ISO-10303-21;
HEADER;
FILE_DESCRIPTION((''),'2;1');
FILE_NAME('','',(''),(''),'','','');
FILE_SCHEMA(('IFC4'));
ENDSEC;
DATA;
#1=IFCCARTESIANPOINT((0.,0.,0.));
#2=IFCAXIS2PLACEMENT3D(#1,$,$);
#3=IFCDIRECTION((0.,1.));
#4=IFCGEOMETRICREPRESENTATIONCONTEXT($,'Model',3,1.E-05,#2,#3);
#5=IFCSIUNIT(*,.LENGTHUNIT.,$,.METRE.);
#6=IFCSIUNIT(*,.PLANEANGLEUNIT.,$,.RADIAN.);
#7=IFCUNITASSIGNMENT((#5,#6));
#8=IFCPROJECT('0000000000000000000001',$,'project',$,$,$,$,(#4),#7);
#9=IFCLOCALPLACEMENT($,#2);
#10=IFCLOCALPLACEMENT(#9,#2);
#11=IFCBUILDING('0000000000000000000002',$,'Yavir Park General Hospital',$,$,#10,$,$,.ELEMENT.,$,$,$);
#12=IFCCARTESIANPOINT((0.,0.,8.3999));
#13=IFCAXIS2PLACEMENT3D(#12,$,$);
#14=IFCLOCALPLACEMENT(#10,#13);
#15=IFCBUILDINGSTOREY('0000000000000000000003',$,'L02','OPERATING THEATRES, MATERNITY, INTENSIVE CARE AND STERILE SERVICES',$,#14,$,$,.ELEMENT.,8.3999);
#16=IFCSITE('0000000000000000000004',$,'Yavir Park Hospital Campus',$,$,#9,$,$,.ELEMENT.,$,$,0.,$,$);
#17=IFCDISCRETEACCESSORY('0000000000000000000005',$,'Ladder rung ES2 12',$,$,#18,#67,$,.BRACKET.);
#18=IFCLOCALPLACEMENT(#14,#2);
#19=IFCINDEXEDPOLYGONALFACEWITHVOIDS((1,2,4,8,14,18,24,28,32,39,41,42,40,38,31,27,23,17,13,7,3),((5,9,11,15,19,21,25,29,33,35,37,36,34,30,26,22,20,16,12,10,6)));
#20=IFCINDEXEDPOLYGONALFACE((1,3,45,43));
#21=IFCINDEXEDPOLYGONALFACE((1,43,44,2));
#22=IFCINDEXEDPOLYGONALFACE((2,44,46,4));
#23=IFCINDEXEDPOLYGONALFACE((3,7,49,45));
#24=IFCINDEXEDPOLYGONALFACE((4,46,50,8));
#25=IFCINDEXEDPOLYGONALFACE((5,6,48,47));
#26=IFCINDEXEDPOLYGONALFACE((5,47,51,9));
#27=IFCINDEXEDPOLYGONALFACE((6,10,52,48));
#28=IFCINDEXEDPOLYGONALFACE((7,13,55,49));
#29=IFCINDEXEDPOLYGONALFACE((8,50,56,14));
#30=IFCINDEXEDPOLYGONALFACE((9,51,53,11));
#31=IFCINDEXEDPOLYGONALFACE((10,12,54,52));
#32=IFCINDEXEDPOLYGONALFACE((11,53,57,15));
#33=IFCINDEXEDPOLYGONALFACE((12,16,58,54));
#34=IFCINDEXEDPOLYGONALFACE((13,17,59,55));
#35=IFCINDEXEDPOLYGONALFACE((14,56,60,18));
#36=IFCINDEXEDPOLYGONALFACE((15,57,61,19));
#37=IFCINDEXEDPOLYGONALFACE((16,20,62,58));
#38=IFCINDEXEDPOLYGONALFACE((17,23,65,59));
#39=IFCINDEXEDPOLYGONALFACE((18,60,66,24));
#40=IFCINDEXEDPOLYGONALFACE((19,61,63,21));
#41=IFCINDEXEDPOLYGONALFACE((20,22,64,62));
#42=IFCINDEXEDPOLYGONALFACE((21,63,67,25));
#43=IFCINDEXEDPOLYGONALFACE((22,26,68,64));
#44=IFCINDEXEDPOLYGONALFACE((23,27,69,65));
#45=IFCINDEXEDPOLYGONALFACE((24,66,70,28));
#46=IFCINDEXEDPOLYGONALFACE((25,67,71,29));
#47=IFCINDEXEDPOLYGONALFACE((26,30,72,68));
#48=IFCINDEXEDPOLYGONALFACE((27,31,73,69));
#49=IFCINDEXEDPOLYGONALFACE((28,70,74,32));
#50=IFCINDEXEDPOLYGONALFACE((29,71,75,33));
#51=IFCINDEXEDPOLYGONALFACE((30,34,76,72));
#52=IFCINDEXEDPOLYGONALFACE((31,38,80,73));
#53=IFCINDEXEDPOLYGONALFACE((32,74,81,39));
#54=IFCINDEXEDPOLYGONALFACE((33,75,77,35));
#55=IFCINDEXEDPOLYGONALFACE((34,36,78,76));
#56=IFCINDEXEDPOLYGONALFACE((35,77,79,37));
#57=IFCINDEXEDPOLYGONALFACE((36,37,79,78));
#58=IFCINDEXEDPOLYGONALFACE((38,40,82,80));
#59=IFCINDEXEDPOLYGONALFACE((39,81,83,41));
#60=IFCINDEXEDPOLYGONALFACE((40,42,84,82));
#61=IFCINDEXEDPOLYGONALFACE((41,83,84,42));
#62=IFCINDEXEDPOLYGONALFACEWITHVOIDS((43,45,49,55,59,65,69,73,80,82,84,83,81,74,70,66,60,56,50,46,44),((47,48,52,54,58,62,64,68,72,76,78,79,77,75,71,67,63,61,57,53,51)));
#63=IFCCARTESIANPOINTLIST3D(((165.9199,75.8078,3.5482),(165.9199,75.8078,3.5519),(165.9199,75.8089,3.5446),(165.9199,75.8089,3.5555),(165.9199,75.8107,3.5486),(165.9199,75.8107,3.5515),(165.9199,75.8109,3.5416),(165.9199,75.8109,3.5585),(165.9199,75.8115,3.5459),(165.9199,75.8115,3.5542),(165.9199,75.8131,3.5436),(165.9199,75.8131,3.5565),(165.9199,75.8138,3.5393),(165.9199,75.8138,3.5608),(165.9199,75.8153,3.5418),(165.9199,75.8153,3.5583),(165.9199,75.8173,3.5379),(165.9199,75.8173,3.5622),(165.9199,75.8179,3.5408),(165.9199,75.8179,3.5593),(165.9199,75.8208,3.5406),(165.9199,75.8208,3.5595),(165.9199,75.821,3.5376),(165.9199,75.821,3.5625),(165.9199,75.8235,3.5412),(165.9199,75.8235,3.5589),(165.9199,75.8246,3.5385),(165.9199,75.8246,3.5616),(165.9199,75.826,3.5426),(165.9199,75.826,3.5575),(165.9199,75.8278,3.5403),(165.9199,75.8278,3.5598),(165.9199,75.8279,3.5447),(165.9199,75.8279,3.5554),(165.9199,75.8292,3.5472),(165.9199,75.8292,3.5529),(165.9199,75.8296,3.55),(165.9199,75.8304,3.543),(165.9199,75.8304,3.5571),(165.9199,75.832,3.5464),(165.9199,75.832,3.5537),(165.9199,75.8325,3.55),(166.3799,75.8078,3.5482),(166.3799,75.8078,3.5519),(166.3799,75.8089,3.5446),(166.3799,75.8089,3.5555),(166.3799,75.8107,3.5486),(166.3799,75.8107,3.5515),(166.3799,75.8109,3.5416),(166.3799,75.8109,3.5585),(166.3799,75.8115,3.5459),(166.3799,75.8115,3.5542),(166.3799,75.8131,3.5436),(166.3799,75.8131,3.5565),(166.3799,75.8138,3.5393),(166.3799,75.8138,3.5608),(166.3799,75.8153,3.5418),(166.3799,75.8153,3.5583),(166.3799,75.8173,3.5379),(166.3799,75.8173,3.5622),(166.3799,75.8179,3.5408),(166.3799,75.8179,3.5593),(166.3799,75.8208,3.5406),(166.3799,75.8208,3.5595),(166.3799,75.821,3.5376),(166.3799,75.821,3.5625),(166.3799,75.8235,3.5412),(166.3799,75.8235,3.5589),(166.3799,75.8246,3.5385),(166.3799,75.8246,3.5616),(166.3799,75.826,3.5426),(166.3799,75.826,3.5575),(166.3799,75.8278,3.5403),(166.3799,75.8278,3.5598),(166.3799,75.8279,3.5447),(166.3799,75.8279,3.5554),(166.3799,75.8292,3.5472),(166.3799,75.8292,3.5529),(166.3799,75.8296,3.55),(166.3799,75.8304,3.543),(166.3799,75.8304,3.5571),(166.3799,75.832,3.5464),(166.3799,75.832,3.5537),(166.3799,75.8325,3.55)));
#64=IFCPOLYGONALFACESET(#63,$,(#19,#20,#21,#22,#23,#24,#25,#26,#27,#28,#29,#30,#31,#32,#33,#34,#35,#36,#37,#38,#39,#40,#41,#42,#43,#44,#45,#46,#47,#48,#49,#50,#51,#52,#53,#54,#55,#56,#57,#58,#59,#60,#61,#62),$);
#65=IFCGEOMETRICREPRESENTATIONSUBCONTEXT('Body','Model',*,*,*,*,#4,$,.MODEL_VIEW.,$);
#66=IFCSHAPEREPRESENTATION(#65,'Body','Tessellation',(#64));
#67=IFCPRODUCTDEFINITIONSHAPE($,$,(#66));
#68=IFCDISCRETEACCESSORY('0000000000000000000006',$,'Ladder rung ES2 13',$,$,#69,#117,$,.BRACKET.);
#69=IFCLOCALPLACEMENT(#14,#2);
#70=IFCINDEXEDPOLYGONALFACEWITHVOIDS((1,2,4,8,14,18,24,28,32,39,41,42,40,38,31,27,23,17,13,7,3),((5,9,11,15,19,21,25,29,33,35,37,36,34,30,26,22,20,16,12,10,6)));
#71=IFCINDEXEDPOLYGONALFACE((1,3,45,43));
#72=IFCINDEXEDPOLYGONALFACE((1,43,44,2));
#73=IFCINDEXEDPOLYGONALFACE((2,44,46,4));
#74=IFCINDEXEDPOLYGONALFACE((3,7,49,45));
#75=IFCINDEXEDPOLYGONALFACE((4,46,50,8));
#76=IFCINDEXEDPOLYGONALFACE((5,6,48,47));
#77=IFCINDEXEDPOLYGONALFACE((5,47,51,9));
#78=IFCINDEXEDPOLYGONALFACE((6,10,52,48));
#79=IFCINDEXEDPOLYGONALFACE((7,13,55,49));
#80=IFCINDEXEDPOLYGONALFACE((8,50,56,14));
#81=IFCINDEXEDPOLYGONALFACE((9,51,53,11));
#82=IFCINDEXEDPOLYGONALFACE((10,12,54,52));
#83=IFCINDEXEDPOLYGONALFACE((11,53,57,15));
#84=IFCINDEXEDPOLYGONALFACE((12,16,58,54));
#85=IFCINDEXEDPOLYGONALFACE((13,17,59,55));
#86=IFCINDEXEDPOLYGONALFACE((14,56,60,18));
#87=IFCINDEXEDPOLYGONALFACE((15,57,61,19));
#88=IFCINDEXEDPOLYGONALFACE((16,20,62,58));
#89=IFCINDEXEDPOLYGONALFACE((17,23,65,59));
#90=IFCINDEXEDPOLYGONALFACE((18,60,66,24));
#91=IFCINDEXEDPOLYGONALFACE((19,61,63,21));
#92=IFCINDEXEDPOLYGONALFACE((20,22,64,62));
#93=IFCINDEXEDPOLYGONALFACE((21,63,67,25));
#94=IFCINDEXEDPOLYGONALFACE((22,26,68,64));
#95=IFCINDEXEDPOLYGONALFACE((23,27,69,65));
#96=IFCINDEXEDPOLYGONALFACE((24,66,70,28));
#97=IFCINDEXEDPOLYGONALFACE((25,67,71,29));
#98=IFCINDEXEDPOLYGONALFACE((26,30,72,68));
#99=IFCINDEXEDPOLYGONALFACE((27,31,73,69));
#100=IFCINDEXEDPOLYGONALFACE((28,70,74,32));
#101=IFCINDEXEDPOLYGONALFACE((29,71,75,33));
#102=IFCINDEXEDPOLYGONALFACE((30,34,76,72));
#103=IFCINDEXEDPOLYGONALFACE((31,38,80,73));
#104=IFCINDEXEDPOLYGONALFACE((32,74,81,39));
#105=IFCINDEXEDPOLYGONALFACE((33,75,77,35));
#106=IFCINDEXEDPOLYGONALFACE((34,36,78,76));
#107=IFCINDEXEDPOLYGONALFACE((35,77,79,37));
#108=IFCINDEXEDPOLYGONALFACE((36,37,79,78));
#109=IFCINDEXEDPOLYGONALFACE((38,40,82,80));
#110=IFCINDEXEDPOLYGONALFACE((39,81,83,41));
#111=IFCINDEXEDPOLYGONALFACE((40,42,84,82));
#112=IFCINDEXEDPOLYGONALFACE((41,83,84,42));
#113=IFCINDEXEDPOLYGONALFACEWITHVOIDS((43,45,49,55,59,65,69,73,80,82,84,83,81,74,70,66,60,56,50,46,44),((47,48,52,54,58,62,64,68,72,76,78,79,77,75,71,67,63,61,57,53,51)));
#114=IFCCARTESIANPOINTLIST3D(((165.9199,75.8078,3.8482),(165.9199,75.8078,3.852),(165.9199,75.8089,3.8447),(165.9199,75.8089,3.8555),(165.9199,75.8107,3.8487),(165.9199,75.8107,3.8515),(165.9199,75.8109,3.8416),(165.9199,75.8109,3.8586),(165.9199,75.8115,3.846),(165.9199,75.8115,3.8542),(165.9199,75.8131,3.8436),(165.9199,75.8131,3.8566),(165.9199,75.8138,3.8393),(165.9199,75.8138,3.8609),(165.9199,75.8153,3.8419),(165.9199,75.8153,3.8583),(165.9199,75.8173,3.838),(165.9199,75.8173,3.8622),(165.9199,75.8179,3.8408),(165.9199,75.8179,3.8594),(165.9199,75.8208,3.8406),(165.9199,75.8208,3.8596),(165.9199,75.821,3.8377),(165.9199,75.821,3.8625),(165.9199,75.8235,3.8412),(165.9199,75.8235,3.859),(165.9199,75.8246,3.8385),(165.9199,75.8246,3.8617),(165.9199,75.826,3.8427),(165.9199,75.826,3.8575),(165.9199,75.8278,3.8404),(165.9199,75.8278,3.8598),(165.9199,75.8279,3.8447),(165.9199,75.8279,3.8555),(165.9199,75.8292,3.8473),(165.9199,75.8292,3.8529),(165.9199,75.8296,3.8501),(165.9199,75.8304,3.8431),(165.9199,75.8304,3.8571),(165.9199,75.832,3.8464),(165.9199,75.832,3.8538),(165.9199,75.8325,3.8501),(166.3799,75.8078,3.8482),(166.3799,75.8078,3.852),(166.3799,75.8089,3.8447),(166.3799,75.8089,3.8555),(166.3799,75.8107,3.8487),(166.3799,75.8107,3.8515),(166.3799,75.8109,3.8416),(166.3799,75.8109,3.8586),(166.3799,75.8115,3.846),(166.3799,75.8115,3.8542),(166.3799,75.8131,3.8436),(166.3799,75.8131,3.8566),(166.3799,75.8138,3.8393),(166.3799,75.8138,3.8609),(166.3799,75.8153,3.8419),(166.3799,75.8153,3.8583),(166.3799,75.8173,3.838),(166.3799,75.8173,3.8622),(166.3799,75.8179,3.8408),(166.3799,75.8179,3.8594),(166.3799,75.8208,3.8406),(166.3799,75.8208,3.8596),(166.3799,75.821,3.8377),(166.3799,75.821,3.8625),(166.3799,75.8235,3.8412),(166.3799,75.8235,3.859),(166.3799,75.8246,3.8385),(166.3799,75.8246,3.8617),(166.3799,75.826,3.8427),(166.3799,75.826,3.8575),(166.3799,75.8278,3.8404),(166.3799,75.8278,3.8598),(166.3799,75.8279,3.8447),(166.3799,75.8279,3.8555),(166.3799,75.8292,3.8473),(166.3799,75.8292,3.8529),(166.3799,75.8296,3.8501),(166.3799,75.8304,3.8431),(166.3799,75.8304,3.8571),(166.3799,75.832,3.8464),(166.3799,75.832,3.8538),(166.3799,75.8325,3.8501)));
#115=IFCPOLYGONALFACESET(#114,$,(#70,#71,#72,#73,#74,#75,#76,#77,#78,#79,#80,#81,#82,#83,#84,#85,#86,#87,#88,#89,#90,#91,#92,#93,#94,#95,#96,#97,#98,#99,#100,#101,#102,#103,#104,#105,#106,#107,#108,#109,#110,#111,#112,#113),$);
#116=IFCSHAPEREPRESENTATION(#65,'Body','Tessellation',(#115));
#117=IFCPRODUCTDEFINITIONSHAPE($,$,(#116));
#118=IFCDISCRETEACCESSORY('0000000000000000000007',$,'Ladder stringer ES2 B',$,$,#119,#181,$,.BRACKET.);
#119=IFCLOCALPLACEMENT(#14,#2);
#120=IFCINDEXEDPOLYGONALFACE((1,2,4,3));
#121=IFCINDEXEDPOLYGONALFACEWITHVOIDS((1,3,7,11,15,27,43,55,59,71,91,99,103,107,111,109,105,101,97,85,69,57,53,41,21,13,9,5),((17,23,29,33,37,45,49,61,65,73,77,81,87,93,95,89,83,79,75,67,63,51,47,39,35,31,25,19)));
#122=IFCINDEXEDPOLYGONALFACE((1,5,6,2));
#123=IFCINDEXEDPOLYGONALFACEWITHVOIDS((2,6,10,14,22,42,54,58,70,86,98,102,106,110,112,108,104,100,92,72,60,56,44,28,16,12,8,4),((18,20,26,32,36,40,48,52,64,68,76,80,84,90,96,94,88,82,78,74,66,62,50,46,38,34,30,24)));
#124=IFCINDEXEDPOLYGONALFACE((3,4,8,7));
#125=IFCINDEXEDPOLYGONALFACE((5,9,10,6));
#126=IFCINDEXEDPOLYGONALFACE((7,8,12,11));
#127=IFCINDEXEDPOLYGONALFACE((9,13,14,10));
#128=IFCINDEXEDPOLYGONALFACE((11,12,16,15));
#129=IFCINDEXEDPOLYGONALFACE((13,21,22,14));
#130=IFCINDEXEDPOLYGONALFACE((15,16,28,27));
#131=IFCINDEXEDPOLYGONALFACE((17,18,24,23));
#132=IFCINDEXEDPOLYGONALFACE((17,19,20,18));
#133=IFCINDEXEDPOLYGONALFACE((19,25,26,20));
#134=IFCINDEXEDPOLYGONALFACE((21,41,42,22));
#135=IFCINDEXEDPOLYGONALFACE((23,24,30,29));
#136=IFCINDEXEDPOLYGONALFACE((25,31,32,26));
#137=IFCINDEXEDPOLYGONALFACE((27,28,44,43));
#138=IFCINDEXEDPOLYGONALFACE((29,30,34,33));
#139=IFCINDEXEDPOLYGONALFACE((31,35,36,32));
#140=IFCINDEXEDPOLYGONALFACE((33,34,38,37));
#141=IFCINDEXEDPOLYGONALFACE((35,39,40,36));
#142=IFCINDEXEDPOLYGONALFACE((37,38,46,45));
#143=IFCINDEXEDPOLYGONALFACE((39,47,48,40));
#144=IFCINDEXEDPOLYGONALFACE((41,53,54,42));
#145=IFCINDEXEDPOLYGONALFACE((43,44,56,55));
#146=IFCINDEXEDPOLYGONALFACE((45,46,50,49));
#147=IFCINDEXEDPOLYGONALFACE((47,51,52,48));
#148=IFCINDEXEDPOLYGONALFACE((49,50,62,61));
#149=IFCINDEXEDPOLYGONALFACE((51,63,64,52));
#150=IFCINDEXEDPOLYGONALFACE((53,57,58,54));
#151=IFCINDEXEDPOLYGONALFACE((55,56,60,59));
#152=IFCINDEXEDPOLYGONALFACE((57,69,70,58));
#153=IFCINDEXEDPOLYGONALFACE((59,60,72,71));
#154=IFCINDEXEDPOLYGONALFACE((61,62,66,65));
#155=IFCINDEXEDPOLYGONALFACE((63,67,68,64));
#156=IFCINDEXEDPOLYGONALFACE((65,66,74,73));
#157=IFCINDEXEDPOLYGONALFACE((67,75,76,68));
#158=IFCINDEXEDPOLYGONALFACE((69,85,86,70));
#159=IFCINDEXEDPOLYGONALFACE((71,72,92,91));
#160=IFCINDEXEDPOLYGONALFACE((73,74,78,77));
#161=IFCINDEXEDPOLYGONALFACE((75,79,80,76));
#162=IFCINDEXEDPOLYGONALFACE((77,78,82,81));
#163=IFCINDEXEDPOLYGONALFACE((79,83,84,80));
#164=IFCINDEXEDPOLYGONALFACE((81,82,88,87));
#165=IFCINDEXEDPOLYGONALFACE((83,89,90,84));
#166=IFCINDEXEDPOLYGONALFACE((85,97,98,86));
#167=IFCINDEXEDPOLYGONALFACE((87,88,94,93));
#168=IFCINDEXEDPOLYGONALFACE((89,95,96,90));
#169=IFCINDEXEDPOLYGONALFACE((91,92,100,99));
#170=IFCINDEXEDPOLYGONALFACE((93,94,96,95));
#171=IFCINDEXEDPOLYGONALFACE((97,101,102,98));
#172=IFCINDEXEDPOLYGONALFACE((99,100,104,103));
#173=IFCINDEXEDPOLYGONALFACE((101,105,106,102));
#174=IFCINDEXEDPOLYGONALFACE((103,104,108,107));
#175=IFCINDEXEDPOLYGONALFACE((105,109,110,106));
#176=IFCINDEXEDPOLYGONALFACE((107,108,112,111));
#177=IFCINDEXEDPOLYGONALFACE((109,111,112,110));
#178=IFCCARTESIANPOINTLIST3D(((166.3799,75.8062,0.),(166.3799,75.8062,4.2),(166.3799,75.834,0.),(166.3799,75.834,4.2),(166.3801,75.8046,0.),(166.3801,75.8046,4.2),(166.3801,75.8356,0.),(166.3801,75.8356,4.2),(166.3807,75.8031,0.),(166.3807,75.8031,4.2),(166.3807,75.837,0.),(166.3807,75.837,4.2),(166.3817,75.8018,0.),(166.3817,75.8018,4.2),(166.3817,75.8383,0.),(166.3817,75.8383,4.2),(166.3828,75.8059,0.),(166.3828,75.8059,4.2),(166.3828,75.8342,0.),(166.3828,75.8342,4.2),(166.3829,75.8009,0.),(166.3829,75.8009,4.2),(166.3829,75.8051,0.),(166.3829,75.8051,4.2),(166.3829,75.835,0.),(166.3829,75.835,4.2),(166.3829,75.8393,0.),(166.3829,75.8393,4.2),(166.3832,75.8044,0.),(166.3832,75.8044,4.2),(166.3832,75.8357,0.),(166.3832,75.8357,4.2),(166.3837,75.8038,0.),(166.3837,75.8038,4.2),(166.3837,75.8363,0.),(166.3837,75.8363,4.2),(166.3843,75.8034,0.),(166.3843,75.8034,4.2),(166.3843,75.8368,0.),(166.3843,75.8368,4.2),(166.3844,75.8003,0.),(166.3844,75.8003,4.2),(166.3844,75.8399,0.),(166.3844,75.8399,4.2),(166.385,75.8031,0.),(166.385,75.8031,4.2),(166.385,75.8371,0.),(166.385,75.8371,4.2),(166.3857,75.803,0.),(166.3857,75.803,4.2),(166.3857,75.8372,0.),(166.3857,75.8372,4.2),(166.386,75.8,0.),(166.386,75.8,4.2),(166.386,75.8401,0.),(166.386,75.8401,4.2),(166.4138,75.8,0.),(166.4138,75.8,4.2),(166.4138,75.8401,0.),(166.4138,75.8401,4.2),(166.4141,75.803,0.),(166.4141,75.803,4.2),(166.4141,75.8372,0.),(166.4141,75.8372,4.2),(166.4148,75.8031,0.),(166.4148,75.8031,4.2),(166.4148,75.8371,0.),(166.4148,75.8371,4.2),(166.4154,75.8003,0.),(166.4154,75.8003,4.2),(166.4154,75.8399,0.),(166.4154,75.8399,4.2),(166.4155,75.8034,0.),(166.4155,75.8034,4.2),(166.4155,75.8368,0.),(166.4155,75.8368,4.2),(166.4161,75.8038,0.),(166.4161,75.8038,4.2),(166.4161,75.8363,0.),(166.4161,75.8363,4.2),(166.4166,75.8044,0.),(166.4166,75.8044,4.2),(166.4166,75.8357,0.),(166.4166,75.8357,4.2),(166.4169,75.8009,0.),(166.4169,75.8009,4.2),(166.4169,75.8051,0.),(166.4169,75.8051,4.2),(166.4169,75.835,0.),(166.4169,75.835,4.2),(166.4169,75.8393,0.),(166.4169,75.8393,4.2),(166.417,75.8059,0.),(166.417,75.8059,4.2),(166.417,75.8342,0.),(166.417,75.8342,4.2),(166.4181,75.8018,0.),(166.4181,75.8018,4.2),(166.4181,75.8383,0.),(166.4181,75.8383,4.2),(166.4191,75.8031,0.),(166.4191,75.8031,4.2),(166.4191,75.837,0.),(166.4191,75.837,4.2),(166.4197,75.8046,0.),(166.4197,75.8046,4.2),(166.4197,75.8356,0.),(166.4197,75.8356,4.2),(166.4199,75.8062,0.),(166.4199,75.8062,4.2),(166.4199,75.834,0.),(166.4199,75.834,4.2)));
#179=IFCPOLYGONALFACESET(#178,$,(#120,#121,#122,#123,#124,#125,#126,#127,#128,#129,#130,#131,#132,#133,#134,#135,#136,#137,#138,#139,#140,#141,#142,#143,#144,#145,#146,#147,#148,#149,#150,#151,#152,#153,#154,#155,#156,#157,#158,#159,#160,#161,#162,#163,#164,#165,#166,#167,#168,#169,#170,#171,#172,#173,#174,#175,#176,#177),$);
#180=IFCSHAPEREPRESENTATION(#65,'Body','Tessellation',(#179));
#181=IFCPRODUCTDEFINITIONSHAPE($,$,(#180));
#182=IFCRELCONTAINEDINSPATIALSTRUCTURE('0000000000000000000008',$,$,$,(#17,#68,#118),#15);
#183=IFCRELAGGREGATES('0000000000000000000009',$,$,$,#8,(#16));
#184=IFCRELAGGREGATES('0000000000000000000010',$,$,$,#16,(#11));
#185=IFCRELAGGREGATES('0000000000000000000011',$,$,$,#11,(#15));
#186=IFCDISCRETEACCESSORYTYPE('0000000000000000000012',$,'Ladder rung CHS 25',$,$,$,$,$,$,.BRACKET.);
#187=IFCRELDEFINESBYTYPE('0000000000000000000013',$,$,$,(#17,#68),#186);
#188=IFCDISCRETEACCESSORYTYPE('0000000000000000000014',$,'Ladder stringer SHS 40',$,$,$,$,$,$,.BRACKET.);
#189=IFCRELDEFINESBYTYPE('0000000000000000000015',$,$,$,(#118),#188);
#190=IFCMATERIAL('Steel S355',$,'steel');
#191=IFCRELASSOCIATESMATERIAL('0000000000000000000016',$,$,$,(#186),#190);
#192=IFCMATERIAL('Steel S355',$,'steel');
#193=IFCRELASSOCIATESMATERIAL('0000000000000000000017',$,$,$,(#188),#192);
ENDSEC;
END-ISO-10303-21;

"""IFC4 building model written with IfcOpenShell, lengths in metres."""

from ifc_helpers import new_model, si_unit, direction, frame, origin, origin_2d, place, context, subcontext, project, spatial, hollow_rectangle, hollow_circle, extrude, material, material_profile, profile_set, type_object, element, save


model = new_model("IFC4")

# Units and contexts
model_context = context("Model", 3, precision=1e-05, world=origin(), true_north=direction((0.0, 1.0)))
body_context = subcontext(model_context, "Body", "Model", "MODEL_VIEW")
ifc_project = project(units=[si_unit("LENGTHUNIT", "METRE"), si_unit("PLANEANGLEUNIT", "RADIAN")], contexts=[model_context])

# Site, building, storey
site_placement = place(None, origin())
site = spatial("IfcSite", under=ifc_project, at=site_placement, Name="Yavir Park Hospital Campus", CompositionType="ELEMENT", RefElevation=0.0)
building_placement = place(site_placement, origin())
building = spatial("IfcBuilding", under=site, at=building_placement, Name="Yavir Park General Hospital", CompositionType="ELEMENT")
storey_placement = place(building_placement, frame((0.0, 0.0, 8.3999)))
storey = spatial("IfcBuildingStorey", under=building, at=storey_placement, Name="L02", Description="OPERATING THEATRES, MATERNITY, INTENSIVE CARE AND STERILE SERVICES", CompositionType="ELEMENT", Elevation=8.3999)

# Discrete accessories
ifc_material_1 = material(Name="Steel S355", Category="steel")
ifc_material_profile_1 = material_profile(ifc_material_1, hollow_circle(Radius=0.0125, WallThickness=0.0029, at=origin_2d()), Name="CHS25x3")
ifc_profile_set_1 = profile_set([ifc_material_profile_1], Name="Steel S355")
discrete_accessory_type_1 = type_object("IfcDiscreteAccessoryType", Name="Ladder rung CHS 25", PredefinedType="BRACKET", material=ifc_profile_set_1)
for number, where, z_axis, x_axis, name in (
    (1, (165.9199, 75.8201, 3.55), (1.0, 0.0, 0.0), (0.0, 1.0, 0.0), "Ladder rung ES2 12"),
    (2, (165.9199, 75.8201, 3.8501), (1.0, 0.0, 0.0), (0.0, 1.0, 0.0), "Ladder rung ES2 13"),
):
    element("IfcDiscreteAccessory", number, at=place(storey_placement, frame(where, z_axis=z_axis, x_axis=x_axis)), inside=storey, type_object=discrete_accessory_type_1, Name=name, PredefinedType="BRACKET", context=body_context, shape_type="SweptSolid", body=[
        extrude(hollow_circle(Radius=0.0125, WallThickness=0.0029, at=origin_2d()), origin(), (0.0, 0.0, 1.0), 0.46),
    ])
ifc_material_2 = material(Name="Steel S355", Category="steel")
ifc_material_profile_2 = material_profile(ifc_material_2, hollow_rectangle(XDim=0.04, YDim=0.04, WallThickness=0.0029, InnerFilletRadius=0.0029, OuterFilletRadius=0.0061, at=origin_2d()), Name="RHS40x40x3")
ifc_profile_set_2 = profile_set([ifc_material_profile_2], Name="Steel S355")
discrete_accessory_type_2 = type_object("IfcDiscreteAccessoryType", Name="Ladder stringer SHS 40", PredefinedType="BRACKET", material=ifc_profile_set_2)
discrete_accessory_placement = place(storey_placement, frame((166.3999, 75.8201, 0.0), z_axis=(0.0, 0.0, 1.0), x_axis=(1.0, 0.0, 0.0)))
element("IfcDiscreteAccessory", 3, at=discrete_accessory_placement, inside=storey, type_object=discrete_accessory_type_2, Name="Ladder stringer ES2 B", PredefinedType="BRACKET", context=body_context, shape_type="SweptSolid", body=[
    extrude(hollow_rectangle(XDim=0.04, YDim=0.04, WallThickness=0.0029, InnerFilletRadius=0.0029, OuterFilletRadius=0.0061, at=origin_2d()), origin(), (0.0, 0.0, 1.0), 4.2),
])

save(model, "model.ifc")
